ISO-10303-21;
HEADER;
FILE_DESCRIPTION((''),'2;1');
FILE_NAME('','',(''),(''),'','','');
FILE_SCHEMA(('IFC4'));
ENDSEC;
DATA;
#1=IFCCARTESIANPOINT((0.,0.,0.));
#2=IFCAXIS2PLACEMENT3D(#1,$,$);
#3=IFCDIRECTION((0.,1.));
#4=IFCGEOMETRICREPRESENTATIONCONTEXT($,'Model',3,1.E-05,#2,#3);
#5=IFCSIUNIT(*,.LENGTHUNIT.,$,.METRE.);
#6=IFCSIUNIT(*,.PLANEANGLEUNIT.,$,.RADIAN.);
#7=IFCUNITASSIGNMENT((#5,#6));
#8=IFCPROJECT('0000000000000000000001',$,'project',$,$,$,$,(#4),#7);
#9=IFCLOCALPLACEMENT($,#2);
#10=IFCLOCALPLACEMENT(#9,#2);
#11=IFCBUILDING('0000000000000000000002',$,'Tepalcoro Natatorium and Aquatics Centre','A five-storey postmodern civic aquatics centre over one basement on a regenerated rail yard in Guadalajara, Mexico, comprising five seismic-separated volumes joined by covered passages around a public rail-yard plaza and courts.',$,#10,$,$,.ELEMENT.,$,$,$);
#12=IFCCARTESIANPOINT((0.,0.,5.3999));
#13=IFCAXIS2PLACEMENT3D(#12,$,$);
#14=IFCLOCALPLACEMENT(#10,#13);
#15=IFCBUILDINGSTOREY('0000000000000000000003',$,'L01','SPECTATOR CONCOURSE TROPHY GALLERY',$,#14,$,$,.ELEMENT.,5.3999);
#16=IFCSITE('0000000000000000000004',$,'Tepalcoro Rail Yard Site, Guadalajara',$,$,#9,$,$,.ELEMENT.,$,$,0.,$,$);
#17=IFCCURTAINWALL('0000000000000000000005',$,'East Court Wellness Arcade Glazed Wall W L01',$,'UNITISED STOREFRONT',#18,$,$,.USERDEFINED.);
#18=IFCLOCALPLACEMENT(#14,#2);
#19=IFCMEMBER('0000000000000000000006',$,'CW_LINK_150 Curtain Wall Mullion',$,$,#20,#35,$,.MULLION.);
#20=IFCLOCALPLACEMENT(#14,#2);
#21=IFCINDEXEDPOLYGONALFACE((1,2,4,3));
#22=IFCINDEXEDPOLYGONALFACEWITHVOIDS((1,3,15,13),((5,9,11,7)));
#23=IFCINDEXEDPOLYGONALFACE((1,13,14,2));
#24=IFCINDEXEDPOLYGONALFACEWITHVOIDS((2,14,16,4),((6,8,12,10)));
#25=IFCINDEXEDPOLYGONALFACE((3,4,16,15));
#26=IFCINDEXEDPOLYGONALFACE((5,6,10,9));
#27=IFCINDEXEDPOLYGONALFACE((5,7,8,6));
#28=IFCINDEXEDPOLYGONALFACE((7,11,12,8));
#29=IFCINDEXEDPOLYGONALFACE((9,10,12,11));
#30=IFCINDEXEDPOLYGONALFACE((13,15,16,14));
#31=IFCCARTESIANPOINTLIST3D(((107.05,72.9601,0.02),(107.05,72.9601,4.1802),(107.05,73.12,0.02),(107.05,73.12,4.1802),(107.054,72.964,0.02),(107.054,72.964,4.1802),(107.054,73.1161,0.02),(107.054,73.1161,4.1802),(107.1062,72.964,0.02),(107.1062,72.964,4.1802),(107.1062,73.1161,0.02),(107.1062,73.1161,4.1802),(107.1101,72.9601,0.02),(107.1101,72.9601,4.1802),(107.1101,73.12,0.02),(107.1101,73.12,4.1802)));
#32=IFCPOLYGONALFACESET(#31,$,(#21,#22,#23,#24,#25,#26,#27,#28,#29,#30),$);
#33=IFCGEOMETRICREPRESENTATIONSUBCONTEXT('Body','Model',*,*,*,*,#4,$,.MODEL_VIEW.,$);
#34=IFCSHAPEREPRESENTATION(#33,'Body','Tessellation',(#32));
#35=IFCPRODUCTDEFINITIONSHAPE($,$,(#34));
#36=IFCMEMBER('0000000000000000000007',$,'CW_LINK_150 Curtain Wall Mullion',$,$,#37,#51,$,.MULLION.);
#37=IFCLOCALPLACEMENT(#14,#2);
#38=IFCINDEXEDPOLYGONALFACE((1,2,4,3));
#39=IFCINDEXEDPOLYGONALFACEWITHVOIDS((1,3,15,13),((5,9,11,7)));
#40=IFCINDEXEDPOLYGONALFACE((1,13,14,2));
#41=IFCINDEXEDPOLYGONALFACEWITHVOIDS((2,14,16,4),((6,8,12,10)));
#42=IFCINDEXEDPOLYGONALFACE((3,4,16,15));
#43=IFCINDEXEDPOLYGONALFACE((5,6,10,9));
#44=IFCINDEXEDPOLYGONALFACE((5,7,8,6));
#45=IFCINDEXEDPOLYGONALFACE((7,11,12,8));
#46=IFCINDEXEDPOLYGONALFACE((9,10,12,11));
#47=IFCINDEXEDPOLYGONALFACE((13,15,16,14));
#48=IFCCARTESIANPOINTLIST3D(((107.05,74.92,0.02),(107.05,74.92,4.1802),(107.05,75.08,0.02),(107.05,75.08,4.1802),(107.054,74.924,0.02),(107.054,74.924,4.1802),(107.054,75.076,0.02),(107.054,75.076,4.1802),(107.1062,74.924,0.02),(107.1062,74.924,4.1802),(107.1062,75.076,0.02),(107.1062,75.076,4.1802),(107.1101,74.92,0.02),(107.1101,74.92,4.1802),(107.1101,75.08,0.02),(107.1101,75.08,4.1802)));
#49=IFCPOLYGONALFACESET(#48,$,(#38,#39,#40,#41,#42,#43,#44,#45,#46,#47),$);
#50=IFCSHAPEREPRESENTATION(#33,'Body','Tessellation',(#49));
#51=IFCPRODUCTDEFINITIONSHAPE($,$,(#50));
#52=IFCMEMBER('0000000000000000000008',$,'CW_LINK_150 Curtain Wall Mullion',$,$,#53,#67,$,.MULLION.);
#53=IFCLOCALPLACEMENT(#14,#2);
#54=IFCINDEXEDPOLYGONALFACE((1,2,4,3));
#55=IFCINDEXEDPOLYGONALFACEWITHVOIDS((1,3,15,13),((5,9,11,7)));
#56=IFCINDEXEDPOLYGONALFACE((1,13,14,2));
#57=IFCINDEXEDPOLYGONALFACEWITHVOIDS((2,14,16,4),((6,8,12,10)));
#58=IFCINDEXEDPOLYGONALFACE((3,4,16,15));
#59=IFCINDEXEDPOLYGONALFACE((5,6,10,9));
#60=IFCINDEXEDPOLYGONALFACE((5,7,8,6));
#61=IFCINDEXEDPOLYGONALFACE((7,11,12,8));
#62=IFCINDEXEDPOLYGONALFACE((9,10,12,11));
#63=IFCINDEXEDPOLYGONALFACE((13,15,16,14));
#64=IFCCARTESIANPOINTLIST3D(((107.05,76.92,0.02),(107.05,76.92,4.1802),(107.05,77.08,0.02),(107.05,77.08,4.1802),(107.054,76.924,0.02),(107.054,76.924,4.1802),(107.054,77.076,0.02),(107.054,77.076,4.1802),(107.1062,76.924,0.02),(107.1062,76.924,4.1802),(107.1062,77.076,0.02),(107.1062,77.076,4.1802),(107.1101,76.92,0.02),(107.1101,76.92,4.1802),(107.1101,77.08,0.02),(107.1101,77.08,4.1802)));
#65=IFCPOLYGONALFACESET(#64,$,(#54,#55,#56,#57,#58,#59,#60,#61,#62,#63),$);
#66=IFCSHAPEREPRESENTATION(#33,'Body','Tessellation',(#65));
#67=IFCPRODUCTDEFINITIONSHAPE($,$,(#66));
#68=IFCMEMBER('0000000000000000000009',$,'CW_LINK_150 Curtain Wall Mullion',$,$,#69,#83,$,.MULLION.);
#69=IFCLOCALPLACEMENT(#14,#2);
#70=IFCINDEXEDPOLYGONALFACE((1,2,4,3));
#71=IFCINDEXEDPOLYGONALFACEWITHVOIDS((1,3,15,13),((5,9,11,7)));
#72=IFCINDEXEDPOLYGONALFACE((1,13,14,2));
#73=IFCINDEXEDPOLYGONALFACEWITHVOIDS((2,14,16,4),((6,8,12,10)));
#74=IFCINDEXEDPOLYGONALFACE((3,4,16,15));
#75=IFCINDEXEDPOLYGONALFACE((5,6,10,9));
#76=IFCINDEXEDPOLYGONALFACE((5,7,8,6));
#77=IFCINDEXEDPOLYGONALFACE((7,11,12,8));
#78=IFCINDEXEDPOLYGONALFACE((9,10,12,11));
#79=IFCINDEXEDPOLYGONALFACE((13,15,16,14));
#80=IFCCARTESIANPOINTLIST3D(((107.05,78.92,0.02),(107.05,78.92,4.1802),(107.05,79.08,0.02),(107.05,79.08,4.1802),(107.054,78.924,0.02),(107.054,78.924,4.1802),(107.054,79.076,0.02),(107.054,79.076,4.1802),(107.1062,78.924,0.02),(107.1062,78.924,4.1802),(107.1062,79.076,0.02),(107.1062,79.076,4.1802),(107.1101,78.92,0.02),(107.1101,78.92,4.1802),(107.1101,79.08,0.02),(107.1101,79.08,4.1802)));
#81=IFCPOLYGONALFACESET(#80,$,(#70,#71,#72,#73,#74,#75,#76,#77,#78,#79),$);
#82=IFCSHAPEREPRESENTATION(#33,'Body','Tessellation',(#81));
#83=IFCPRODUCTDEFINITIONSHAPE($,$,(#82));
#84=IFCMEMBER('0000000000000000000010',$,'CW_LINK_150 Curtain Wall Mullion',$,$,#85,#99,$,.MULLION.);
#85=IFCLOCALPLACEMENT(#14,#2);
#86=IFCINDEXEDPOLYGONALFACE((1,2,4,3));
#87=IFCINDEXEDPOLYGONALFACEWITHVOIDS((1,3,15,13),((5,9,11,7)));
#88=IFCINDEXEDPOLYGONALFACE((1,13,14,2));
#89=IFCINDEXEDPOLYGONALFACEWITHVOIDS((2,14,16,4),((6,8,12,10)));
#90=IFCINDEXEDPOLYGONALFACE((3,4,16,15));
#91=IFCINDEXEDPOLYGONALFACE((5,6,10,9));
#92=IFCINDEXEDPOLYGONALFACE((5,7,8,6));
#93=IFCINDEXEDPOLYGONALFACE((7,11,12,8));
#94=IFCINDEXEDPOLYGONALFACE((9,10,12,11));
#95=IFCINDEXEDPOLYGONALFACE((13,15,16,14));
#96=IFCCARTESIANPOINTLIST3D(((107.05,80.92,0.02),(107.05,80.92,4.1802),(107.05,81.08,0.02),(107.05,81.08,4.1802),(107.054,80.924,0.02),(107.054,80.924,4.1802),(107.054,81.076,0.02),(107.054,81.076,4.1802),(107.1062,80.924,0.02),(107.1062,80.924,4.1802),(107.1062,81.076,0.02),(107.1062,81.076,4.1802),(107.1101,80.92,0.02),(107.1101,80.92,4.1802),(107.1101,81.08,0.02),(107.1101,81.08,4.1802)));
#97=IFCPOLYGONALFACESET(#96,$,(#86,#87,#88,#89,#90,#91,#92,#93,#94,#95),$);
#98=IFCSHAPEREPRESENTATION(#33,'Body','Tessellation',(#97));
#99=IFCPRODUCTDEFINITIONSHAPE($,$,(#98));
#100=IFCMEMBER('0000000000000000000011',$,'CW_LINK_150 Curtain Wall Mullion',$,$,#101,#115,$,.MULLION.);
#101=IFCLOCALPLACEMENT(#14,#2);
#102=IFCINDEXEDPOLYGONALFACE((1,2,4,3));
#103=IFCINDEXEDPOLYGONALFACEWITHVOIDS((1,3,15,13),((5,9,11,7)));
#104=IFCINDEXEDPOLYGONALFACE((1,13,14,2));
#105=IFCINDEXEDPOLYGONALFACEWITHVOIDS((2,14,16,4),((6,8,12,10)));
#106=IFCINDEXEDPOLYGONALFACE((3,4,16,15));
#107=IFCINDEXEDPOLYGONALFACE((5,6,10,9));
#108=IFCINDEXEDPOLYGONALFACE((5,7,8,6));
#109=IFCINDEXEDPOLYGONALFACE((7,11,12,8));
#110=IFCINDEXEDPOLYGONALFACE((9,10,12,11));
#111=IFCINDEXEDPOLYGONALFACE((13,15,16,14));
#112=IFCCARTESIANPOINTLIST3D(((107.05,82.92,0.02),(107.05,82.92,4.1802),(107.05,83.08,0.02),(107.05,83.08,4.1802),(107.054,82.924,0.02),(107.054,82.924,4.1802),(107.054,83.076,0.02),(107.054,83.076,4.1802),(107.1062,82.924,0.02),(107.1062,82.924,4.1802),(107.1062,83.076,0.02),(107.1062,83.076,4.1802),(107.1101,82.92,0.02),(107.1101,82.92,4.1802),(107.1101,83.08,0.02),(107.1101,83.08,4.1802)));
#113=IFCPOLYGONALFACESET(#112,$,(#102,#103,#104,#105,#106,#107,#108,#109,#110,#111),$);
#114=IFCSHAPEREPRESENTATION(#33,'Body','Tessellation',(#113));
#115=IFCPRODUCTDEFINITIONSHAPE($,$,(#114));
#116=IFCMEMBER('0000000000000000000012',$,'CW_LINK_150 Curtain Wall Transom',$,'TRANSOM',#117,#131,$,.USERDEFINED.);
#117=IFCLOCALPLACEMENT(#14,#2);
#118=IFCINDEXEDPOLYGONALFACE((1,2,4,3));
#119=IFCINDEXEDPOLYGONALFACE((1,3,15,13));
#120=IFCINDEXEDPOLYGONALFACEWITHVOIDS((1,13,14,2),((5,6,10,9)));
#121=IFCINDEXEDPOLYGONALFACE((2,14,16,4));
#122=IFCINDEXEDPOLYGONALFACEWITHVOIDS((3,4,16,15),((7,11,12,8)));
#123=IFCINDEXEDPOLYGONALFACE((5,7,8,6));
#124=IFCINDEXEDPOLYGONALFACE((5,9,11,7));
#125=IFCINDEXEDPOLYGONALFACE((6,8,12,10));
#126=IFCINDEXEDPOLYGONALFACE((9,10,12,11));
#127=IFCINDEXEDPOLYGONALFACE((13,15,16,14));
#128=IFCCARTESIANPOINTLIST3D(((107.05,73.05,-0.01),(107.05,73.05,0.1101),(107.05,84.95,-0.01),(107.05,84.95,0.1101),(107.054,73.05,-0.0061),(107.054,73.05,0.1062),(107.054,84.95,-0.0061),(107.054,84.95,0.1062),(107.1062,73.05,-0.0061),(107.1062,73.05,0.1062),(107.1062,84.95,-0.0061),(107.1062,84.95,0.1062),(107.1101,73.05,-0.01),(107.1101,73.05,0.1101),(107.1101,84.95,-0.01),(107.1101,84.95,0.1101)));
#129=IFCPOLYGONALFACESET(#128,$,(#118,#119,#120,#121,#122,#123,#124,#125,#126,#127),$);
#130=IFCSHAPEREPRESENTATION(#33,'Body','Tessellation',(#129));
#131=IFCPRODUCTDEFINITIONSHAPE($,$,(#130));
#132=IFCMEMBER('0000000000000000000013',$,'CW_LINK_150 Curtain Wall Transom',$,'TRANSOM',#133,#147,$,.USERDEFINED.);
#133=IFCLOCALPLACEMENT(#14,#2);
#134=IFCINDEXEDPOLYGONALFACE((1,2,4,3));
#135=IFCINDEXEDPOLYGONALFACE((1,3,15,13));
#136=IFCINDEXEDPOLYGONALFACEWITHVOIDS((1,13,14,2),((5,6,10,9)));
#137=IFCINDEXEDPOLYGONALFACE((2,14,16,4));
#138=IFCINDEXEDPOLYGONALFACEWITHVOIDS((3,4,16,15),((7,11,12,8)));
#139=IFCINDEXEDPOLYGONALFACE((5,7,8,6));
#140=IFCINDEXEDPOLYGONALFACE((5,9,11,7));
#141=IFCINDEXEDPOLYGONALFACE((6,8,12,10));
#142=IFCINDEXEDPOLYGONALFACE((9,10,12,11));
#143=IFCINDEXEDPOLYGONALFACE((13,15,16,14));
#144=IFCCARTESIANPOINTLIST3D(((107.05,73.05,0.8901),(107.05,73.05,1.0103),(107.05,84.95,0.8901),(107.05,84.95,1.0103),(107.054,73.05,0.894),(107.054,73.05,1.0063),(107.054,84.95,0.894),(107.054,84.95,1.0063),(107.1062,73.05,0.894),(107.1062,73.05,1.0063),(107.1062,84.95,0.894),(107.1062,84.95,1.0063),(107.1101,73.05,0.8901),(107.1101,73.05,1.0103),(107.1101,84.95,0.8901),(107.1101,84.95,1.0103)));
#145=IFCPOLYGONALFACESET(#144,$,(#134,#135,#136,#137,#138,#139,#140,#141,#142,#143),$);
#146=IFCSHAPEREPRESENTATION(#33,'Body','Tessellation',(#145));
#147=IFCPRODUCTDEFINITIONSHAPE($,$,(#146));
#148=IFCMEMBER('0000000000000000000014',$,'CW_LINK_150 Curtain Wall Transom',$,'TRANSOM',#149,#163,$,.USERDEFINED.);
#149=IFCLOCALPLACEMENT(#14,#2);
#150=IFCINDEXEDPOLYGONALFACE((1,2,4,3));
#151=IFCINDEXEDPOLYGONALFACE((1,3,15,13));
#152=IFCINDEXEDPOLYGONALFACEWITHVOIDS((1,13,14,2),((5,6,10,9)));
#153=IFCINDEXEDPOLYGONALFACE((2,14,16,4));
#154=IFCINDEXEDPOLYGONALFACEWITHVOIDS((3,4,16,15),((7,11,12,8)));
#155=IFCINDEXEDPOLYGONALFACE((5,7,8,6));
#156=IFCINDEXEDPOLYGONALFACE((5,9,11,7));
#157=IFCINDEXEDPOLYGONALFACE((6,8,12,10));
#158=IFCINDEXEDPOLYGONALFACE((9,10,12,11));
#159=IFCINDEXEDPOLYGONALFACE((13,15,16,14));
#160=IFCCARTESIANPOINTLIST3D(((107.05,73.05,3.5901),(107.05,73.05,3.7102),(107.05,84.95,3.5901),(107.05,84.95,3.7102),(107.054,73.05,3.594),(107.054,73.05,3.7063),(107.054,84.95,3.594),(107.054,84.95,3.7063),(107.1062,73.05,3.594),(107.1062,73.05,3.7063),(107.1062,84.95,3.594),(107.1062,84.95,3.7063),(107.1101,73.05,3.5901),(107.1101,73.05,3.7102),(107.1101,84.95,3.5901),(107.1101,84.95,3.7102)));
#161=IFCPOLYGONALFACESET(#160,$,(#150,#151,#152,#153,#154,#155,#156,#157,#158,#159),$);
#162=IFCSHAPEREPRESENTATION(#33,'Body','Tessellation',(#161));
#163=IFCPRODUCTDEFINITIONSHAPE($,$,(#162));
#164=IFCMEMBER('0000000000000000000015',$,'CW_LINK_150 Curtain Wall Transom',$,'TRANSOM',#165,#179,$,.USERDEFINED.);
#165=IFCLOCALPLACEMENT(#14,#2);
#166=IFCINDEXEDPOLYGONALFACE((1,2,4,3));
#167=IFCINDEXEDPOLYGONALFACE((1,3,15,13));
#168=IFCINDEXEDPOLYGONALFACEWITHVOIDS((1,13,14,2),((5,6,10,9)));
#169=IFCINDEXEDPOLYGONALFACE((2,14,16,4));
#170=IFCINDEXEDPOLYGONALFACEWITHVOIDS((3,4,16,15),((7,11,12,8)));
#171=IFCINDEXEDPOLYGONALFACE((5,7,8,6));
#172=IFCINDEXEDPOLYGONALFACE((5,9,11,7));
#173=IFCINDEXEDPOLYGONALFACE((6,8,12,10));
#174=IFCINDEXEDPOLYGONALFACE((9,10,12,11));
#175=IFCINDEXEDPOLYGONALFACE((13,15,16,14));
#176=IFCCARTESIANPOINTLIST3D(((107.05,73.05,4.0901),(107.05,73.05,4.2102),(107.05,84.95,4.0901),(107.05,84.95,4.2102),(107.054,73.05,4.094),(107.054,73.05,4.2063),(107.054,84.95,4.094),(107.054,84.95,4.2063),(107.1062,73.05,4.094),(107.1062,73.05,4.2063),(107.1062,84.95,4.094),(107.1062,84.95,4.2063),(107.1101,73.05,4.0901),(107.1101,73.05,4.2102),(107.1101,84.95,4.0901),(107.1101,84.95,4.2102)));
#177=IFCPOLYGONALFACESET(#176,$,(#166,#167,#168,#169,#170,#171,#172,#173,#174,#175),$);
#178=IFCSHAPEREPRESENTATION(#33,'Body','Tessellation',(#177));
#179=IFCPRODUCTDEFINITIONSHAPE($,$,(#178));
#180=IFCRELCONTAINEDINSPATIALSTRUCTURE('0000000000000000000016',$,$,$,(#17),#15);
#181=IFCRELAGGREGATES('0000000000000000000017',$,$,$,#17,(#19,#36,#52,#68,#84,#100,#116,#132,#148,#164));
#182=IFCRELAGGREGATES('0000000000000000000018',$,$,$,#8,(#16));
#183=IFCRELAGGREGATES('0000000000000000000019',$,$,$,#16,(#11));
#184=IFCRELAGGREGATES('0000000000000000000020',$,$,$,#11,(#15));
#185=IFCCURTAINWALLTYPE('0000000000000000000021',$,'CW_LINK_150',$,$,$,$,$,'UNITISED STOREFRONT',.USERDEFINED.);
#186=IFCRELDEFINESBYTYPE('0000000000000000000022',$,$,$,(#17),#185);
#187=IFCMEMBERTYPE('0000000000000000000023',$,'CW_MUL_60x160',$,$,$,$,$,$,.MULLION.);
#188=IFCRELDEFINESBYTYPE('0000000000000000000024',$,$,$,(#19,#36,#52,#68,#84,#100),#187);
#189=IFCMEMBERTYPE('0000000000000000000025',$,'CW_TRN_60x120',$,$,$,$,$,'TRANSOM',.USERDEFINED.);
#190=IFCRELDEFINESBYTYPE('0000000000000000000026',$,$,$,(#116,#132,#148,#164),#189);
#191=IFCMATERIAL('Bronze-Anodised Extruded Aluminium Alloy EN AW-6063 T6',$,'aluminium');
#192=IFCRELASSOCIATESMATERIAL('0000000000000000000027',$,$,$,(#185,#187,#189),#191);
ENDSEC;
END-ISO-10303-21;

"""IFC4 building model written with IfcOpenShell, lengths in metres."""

from ifc_helpers import new_model, si_unit, direction, frame, origin, origin_2d, place, context, subcontext, project, spatial, hollow_rectangle, extrude, material, material_profile, profile_set, type_object, element, aggregate, save


model = new_model("IFC4")

# Units and contexts
model_context = context("Model", 3, precision=1e-05, world=origin(), true_north=direction((0.0, 1.0)))
body_context = subcontext(model_context, "Body", "Model", "MODEL_VIEW")
ifc_project = project(units=[si_unit("LENGTHUNIT", "METRE"), si_unit("PLANEANGLEUNIT", "RADIAN")], contexts=[model_context])

# Site, building, storey
site_placement = place(None, origin())
site = spatial("IfcSite", under=ifc_project, at=site_placement, Name="Tepalcoro Rail Yard Site, Guadalajara", CompositionType="ELEMENT", RefElevation=0.0)
building_placement = place(site_placement, origin())
building = spatial("IfcBuilding", under=site, at=building_placement, Name="Tepalcoro Natatorium and Aquatics Centre", Description="A five-storey postmodern civic aquatics centre over one basement on a regenerated rail yard in Guadalajara, Mexico, comprising five seismic-separated volumes joined by covered passages around a public rail-yard plaza and courts.", CompositionType="ELEMENT")
storey_placement = place(building_placement, frame((0.0, 0.0, 5.3999)))
storey = spatial("IfcBuildingStorey", under=building, at=storey_placement, Name="L01", Description="SPECTATOR CONCOURSE TROPHY GALLERY", CompositionType="ELEMENT", Elevation=5.3999)

# Curtain wall, members
ifc_material_1 = material(Name="Bronze-Anodised Extruded Aluminium Alloy EN AW-6063 T6", Category="aluminium")
curtain_wall_type = type_object("IfcCurtainWallType", Name="CW_LINK_150", ElementType="UNITISED STOREFRONT", PredefinedType="USERDEFINED", material=ifc_material_1)
curtain_wall_placement = place(storey_placement, origin())
curtain_wall = element("IfcCurtainWall", 1, at=curtain_wall_placement, inside=storey, type_object=curtain_wall_type, Name="East Court Wellness Arcade Glazed Wall W L01", ObjectType="UNITISED STOREFRONT", PredefinedType="USERDEFINED")
ifc_material_profile_1 = material_profile(ifc_material_1, hollow_rectangle(XDim=0.0601, YDim=0.1599, WallThickness=0.0039, at=origin_2d()), Name="AL60X160X4")
ifc_profile_set_1 = profile_set([ifc_material_profile_1], Name="Bronze-Anodised Extruded Aluminium Alloy EN AW-6063 T6")
member_type_1 = type_object("IfcMemberType", Name="CW_MUL_60x160", PredefinedType="MULLION", material=ifc_profile_set_1)
member_1_placement = place(storey_placement, frame((107.0801, 73.04, 0.02), z_axis=(0.0, 0.0, 1.0), x_axis=(1.0, 0.0, 0.0)))
member_1 = element("IfcMember", 2, at=member_1_placement, type_object=member_type_1, Name="CW_LINK_150 Curtain Wall Mullion", PredefinedType="MULLION", context=body_context, shape_type="SweptSolid", body=[
    extrude(hollow_rectangle(XDim=0.0601, YDim=0.1599, WallThickness=0.0039, at=origin_2d()), origin(), (0.0, 0.0, 1.0), 4.1602),
])
member_2_placement = place(storey_placement, frame((107.0801, 75.0, 0.02), z_axis=(0.0, 0.0, 1.0), x_axis=(1.0, 0.0, 0.0)))
member_2 = element("IfcMember", 3, at=member_2_placement, type_object=member_type_1, Name="CW_LINK_150 Curtain Wall Mullion", PredefinedType="MULLION", context=body_context, shape_type="SweptSolid", body=[
    extrude(hollow_rectangle(XDim=0.0601, YDim=0.1599, WallThickness=0.0039, at=origin_2d()), origin(), (0.0, 0.0, 1.0), 4.1602),
])
member_3_placement = place(storey_placement, frame((107.0801, 77.0, 0.02), z_axis=(0.0, 0.0, 1.0), x_axis=(1.0, 0.0, 0.0)))
member_3 = element("IfcMember", 4, at=member_3_placement, type_object=member_type_1, Name="CW_LINK_150 Curtain Wall Mullion", PredefinedType="MULLION", context=body_context, shape_type="SweptSolid", body=[
    extrude(hollow_rectangle(XDim=0.0601, YDim=0.1599, WallThickness=0.0039, at=origin_2d()), origin(), (0.0, 0.0, 1.0), 4.1602),
])
member_4_placement = place(storey_placement, frame((107.0801, 79.0, 0.02), z_axis=(0.0, 0.0, 1.0), x_axis=(1.0, 0.0, 0.0)))
member_4 = element("IfcMember", 5, at=member_4_placement, type_object=member_type_1, Name="CW_LINK_150 Curtain Wall Mullion", PredefinedType="MULLION", context=body_context, shape_type="SweptSolid", body=[
    extrude(hollow_rectangle(XDim=0.0601, YDim=0.1599, WallThickness=0.0039, at=origin_2d()), origin(), (0.0, 0.0, 1.0), 4.1602),
])
member_5_placement = place(storey_placement, frame((107.0801, 81.0, 0.02), z_axis=(0.0, 0.0, 1.0), x_axis=(1.0, 0.0, 0.0)))
member_5 = element("IfcMember", 6, at=member_5_placement, type_object=member_type_1, Name="CW_LINK_150 Curtain Wall Mullion", PredefinedType="MULLION", context=body_context, shape_type="SweptSolid", body=[
    extrude(hollow_rectangle(XDim=0.0601, YDim=0.1599, WallThickness=0.0039, at=origin_2d()), origin(), (0.0, 0.0, 1.0), 4.1602),
])
member_6_placement = place(storey_placement, frame((107.0801, 83.0, 0.02), z_axis=(0.0, 0.0, 1.0), x_axis=(1.0, 0.0, 0.0)))
member_6 = element("IfcMember", 7, at=member_6_placement, type_object=member_type_1, Name="CW_LINK_150 Curtain Wall Mullion", PredefinedType="MULLION", context=body_context, shape_type="SweptSolid", body=[
    extrude(hollow_rectangle(XDim=0.0601, YDim=0.1599, WallThickness=0.0039, at=origin_2d()), origin(), (0.0, 0.0, 1.0), 4.1602),
])
ifc_material_profile_2 = material_profile(ifc_material_1, hollow_rectangle(XDim=0.0601, YDim=0.1201, WallThickness=0.0039, at=origin_2d()), Name="AL60X120X4")
ifc_profile_set_2 = profile_set([ifc_material_profile_2], Name="Bronze-Anodised Extruded Aluminium Alloy EN AW-6063 T6")
member_type_2 = type_object("IfcMemberType", Name="CW_TRN_60x120", ElementType="TRANSOM", PredefinedType="USERDEFINED", material=ifc_profile_set_2)
member_7_placement = place(storey_placement, frame((107.0801, 73.05, 0.05), z_axis=(0.0, 1.0, 0.0), x_axis=(-1.0, 0.0, 0.0)))
member_7 = element("IfcMember", 8, at=member_7_placement, type_object=member_type_2, Name="CW_LINK_150 Curtain Wall Transom", ObjectType="TRANSOM", PredefinedType="USERDEFINED", context=body_context, shape_type="SweptSolid", body=[
    extrude(hollow_rectangle(XDim=0.0601, YDim=0.1201, WallThickness=0.0039, at=origin_2d()), origin(), (0.0, 0.0, 1.0), 11.8999),
])
member_8_placement = place(storey_placement, frame((107.0801, 73.05, 0.9502), z_axis=(0.0, 1.0, 0.0), x_axis=(-1.0, 0.0, 0.0)))
member_8 = element("IfcMember", 9, at=member_8_placement, type_object=member_type_2, Name="CW_LINK_150 Curtain Wall Transom", ObjectType="TRANSOM", PredefinedType="USERDEFINED", context=body_context, shape_type="SweptSolid", body=[
    extrude(hollow_rectangle(XDim=0.0601, YDim=0.1201, WallThickness=0.0039, at=origin_2d()), origin(), (0.0, 0.0, 1.0), 11.8999),
])
member_9_placement = place(storey_placement, frame((107.0801, 73.05, 3.6501), z_axis=(0.0, 1.0, 0.0), x_axis=(-1.0, 0.0, 0.0)))
member_9 = element("IfcMember", 10, at=member_9_placement, type_object=member_type_2, Name="CW_LINK_150 Curtain Wall Transom", ObjectType="TRANSOM", PredefinedType="USERDEFINED", context=body_context, shape_type="SweptSolid", body=[
    extrude(hollow_rectangle(XDim=0.0601, YDim=0.1201, WallThickness=0.0039, at=origin_2d()), origin(), (0.0, 0.0, 1.0), 11.8999),
])
member_10_placement = place(storey_placement, frame((107.0801, 73.05, 4.1501), z_axis=(0.0, 1.0, 0.0), x_axis=(-1.0, 0.0, 0.0)))
member_10 = element("IfcMember", 11, at=member_10_placement, type_object=member_type_2, Name="CW_LINK_150 Curtain Wall Transom", ObjectType="TRANSOM", PredefinedType="USERDEFINED", context=body_context, shape_type="SweptSolid", body=[
    extrude(hollow_rectangle(XDim=0.0601, YDim=0.1201, WallThickness=0.0039, at=origin_2d()), origin(), (0.0, 0.0, 1.0), 11.8999),
])

aggregate(curtain_wall, [member_1, member_2, member_3, member_4, member_5, member_6, member_7, member_8, member_9, member_10])

save(model, "model.ifc")
